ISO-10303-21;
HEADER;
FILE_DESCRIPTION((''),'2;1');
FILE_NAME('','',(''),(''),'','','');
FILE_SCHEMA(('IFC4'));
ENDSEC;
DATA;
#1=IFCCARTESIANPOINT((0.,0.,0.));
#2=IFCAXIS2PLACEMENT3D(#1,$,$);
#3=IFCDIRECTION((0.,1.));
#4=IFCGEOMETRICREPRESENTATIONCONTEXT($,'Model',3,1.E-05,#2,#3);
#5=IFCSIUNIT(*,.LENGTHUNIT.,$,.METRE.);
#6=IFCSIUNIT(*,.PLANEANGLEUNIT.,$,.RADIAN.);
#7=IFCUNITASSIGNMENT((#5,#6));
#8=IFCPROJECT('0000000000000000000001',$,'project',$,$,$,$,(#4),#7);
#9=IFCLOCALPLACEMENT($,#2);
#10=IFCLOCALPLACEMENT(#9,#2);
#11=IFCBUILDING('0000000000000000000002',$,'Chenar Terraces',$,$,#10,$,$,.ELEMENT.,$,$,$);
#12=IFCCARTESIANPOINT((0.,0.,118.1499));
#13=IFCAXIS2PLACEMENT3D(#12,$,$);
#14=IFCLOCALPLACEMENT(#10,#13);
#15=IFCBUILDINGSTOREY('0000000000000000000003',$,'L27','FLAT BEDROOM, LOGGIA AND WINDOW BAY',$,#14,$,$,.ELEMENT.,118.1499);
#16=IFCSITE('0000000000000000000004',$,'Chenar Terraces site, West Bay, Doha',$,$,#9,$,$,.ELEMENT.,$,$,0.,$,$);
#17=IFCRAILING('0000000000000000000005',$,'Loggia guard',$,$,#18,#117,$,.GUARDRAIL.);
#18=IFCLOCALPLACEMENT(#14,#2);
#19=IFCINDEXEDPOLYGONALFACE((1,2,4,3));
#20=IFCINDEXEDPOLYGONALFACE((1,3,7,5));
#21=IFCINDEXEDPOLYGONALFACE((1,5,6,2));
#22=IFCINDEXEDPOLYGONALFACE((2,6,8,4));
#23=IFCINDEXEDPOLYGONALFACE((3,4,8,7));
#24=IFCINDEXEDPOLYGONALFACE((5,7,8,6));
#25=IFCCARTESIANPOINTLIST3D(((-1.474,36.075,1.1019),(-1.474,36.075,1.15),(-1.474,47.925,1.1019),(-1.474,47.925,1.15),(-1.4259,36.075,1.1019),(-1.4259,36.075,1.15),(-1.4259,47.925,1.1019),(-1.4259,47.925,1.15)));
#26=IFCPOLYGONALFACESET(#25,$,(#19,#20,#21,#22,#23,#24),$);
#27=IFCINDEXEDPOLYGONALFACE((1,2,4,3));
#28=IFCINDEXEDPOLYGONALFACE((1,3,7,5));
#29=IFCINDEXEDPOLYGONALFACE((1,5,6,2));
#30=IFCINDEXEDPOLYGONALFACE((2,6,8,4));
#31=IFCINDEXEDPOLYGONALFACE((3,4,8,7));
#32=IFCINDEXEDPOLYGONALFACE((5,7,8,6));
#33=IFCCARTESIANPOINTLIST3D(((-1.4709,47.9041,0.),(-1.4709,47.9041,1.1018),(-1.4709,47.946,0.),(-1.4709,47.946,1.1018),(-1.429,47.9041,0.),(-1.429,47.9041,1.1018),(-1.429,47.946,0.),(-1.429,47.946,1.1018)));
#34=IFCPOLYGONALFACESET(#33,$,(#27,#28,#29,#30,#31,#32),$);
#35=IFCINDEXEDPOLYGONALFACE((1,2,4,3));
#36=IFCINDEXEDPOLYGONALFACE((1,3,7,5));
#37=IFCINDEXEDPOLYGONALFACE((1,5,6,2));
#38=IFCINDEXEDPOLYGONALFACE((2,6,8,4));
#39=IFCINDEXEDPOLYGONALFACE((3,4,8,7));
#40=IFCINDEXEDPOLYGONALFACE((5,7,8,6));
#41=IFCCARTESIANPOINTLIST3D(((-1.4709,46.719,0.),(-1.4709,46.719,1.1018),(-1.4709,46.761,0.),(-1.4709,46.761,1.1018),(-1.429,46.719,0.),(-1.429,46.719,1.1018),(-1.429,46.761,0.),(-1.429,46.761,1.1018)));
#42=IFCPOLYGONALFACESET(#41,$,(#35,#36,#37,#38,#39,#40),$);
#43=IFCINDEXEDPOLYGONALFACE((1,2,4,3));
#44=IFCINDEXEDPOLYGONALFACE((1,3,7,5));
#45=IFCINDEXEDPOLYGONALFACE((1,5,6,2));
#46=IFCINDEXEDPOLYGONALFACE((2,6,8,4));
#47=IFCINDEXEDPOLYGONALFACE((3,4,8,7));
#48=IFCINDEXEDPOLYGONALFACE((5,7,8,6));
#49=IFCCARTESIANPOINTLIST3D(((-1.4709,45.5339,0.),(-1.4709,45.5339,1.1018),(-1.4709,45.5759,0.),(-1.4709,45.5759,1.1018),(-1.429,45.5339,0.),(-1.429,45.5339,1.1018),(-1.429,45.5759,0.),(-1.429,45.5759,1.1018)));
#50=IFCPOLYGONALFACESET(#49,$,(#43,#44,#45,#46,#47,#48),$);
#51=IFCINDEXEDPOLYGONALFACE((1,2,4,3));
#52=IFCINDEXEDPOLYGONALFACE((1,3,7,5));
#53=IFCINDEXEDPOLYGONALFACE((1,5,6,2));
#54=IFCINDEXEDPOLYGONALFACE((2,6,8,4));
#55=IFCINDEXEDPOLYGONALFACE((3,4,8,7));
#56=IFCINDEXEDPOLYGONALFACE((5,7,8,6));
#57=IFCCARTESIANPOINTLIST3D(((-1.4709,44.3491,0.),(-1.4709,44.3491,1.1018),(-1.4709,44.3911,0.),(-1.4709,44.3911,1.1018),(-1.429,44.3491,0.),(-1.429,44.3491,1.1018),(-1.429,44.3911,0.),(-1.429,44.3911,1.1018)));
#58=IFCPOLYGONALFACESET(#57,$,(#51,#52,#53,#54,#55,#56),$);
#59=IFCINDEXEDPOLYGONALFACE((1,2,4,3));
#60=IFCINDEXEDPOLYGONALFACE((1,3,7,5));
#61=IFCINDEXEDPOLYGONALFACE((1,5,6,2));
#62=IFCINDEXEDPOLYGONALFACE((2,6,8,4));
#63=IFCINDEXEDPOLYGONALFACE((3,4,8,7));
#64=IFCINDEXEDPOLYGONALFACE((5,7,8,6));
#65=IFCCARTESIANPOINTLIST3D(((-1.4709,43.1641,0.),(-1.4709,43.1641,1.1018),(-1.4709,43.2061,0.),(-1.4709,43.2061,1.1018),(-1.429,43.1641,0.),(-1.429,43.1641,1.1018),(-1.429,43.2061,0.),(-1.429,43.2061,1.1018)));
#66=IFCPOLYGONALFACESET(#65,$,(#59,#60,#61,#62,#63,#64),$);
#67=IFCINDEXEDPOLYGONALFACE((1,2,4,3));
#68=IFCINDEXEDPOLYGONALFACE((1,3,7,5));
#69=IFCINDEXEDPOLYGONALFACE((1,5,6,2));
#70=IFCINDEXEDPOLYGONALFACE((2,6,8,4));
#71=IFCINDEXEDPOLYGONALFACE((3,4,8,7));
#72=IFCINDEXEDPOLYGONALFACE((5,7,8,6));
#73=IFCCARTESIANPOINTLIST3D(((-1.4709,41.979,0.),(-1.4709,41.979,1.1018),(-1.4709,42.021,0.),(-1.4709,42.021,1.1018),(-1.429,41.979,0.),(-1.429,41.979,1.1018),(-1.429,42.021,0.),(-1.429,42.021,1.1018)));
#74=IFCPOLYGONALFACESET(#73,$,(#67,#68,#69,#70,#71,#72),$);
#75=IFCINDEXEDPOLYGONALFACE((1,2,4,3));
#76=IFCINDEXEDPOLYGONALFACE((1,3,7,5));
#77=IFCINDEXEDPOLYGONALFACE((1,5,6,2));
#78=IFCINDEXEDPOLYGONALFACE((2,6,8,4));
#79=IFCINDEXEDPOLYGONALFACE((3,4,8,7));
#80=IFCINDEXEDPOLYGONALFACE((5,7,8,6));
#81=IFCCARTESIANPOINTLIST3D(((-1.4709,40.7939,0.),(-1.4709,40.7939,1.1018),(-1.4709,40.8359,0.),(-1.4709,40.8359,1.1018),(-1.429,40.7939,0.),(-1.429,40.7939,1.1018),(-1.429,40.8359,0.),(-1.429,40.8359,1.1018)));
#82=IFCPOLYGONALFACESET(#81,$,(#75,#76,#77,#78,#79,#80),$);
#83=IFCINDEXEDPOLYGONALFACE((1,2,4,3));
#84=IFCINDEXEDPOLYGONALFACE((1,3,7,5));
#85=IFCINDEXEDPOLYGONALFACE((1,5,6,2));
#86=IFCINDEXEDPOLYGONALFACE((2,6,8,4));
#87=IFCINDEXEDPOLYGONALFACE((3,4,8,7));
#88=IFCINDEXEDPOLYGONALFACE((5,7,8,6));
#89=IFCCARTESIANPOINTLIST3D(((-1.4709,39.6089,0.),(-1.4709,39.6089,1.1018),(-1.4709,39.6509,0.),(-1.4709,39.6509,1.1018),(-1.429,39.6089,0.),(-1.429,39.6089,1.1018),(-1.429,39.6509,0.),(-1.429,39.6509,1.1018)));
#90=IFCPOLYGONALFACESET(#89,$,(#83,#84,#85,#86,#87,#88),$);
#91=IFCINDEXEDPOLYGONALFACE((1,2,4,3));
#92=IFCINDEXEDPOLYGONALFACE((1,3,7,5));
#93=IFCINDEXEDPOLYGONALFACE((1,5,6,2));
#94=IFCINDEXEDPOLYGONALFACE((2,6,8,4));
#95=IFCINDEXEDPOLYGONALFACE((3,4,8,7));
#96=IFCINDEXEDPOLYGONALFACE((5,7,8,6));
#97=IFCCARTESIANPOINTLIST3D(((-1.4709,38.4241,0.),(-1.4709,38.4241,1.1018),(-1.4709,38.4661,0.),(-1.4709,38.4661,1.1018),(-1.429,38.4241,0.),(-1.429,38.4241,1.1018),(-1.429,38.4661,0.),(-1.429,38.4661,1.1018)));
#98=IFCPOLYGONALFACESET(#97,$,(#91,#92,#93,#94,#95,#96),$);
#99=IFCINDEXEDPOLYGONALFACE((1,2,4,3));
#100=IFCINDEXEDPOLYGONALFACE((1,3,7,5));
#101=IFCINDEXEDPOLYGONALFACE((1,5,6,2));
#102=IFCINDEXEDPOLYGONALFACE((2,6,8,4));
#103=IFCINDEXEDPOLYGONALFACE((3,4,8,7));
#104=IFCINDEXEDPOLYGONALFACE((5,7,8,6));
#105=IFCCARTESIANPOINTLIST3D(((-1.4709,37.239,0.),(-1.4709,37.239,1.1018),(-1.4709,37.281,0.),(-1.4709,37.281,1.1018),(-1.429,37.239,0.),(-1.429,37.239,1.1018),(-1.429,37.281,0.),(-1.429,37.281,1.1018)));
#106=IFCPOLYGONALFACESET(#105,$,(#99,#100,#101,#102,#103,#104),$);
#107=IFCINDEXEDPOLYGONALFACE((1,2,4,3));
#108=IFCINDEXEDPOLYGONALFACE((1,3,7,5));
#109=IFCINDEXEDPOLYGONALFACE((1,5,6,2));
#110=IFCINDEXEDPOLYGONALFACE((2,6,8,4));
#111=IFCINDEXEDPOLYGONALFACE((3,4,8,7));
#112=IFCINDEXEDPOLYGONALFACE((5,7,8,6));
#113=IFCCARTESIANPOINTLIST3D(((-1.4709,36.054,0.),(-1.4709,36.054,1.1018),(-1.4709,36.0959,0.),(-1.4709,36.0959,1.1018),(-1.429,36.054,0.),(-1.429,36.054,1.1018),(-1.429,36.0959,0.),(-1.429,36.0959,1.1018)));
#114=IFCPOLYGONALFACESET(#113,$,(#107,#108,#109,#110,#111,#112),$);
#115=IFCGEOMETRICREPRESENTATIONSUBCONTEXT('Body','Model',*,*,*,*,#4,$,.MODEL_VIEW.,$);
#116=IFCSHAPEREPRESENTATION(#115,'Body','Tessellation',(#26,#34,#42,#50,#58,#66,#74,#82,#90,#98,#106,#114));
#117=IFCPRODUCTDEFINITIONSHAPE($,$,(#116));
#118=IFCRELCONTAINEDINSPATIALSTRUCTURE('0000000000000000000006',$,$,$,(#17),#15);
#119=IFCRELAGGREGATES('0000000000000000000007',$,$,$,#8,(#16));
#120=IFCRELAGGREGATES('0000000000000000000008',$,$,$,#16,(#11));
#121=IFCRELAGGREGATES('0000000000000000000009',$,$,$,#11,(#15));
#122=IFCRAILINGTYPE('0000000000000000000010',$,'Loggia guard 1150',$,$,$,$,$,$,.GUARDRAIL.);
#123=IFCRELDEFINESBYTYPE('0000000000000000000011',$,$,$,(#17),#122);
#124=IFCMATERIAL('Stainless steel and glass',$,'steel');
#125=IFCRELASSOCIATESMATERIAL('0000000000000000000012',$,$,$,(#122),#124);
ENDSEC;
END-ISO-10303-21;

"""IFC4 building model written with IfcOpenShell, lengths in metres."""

from ifc_helpers import new_model, si_unit, direction, frame, origin, origin_2d, place, context, subcontext, project, spatial, rectangle, extrude, material, type_object, element, save


model = new_model("IFC4")

# Units and contexts
model_context = context("Model", 3, precision=1e-05, world=origin(), true_north=direction((0.0, 1.0)))
body_context = subcontext(model_context, "Body", "Model", "MODEL_VIEW")
ifc_project = project(units=[si_unit("LENGTHUNIT", "METRE"), si_unit("PLANEANGLEUNIT", "RADIAN")], contexts=[model_context])

# Site, building, storey
site_placement = place(None, origin())
site = spatial("IfcSite", under=ifc_project, at=site_placement, Name="Chenar Terraces site, West Bay, Doha", CompositionType="ELEMENT", RefElevation=0.0)
building_placement = place(site_placement, origin())
building = spatial("IfcBuilding", under=site, at=building_placement, Name="Chenar Terraces", CompositionType="ELEMENT")
storey_placement = place(building_placement, frame((0.0, 0.0, 118.1499)))
storey = spatial("IfcBuildingStorey", under=building, at=storey_placement, Name="L27", Description="FLAT BEDROOM, LOGGIA AND WINDOW BAY", CompositionType="ELEMENT", Elevation=118.1499)

# Railing
ifc_material_1 = material(Name="Stainless steel and glass", Category="steel")
railing_type = type_object("IfcRailingType", Name="Loggia guard 1150", PredefinedType="GUARDRAIL", material=ifc_material_1)
railing_placement = place(storey_placement, frame((-1.45, 47.925, 0.0)))
element("IfcRailing", 1, at=railing_placement, inside=storey, type_object=railing_type, Name="Loggia guard", PredefinedType="GUARDRAIL", context=body_context, shape_type="SweptSolid", body=[
    extrude(rectangle(XDim=0.0481, YDim=0.0481, at=origin_2d()), frame((0.0, 0.0, 1.126), z_axis=(0.0, -1.0, 0.0), x_axis=(1.0, 0.0, 0.0)), (0.0, 0.0, 1.0), 11.8501),
    extrude(rectangle(XDim=0.042, YDim=0.042, at=origin_2d()), origin(), (0.0, 0.0, 1.0), 1.1018),
    extrude(rectangle(XDim=0.042, YDim=0.042, at=origin_2d()), frame((0.0, -1.1851, 0.0)), (0.0, 0.0, 1.0), 1.1018),
    extrude(rectangle(XDim=0.042, YDim=0.042, at=origin_2d()), frame((0.0, -2.3701, 0.0)), (0.0, 0.0, 1.0), 1.1018),
    extrude(rectangle(XDim=0.042, YDim=0.042, at=origin_2d()), frame((0.0, -3.5549, 0.0)), (0.0, 0.0, 1.0), 1.1018),
    extrude(rectangle(XDim=0.042, YDim=0.042, at=origin_2d()), frame((0.0, -4.74, 0.0)), (0.0, 0.0, 1.0), 1.1018),
    extrude(rectangle(XDim=0.042, YDim=0.042, at=origin_2d()), frame((0.0, -5.925, 0.0)), (0.0, 0.0, 1.0), 1.1018),
    extrude(rectangle(XDim=0.042, YDim=0.042, at=origin_2d()), frame((0.0, -7.1101, 0.0)), (0.0, 0.0, 1.0), 1.1018),
    extrude(rectangle(XDim=0.042, YDim=0.042, at=origin_2d()), frame((0.0, -8.2952, 0.0)), (0.0, 0.0, 1.0), 1.1018),
    extrude(rectangle(XDim=0.042, YDim=0.042, at=origin_2d()), frame((0.0, -9.48, 0.0)), (0.0, 0.0, 1.0), 1.1018),
    extrude(rectangle(XDim=0.042, YDim=0.042, at=origin_2d()), frame((0.0, -10.665, 0.0)), (0.0, 0.0, 1.0), 1.1018),
    extrude(rectangle(XDim=0.042, YDim=0.042, at=origin_2d()), frame((0.0, -11.8501, 0.0)), (0.0, 0.0, 1.0), 1.1018),
])

save(model, "model.ifc")
